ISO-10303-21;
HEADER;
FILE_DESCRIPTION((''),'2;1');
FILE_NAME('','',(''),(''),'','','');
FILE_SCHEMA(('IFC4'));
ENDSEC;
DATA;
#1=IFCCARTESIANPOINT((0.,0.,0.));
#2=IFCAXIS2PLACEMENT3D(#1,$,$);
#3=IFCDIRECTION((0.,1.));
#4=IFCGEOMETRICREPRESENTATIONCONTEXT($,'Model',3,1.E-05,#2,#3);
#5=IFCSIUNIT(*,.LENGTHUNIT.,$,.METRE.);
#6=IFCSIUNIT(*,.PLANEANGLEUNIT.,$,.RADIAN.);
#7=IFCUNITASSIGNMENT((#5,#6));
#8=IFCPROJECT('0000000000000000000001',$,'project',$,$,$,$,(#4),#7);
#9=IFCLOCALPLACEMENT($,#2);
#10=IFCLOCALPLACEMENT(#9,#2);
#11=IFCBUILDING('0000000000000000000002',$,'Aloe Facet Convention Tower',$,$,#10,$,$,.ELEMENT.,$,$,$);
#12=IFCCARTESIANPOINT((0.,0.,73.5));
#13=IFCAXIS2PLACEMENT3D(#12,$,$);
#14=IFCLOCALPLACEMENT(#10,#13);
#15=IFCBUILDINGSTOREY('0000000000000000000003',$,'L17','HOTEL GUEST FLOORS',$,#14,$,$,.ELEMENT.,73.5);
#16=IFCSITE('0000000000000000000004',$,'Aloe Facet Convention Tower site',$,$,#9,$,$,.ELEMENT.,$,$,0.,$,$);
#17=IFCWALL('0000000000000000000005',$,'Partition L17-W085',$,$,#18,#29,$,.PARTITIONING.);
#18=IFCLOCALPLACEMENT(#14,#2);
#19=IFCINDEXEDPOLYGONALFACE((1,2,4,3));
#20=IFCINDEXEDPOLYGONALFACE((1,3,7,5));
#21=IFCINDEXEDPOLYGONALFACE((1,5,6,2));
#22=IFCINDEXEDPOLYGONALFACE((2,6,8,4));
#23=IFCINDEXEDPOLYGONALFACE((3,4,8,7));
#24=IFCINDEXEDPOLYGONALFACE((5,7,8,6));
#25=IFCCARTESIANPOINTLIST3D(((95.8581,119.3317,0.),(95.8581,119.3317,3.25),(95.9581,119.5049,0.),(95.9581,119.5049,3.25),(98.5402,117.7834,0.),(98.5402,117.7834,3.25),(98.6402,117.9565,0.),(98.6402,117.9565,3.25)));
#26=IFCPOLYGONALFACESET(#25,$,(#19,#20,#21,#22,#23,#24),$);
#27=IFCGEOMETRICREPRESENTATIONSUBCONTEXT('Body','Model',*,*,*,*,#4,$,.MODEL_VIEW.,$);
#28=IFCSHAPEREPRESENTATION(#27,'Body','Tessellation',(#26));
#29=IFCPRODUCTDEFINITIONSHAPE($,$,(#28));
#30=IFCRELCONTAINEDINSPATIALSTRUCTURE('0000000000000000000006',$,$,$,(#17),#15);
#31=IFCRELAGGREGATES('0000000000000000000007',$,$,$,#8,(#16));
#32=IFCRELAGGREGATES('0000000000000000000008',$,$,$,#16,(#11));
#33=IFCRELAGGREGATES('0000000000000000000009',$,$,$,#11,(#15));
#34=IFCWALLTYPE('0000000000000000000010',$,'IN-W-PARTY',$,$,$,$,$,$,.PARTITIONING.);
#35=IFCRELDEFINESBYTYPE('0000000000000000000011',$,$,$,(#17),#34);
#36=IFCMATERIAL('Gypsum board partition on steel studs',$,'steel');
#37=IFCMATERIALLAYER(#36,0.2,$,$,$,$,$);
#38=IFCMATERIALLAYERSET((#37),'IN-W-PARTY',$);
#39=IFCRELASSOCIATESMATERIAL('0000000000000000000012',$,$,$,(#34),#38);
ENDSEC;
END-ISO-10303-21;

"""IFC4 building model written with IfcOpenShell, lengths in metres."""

from ifc_helpers import new_model, si_unit, direction, frame, frame_2d, origin, place, context, subcontext, project, spatial, rectangle, extrude, material, layer, layer_set, type_object, element, save


model = new_model("IFC4")

# Units and contexts
model_context = context("Model", 3, precision=1e-05, world=origin(), true_north=direction((0.0, 1.0)))
body_context = subcontext(model_context, "Body", "Model", "MODEL_VIEW")
ifc_project = project(units=[si_unit("LENGTHUNIT", "METRE"), si_unit("PLANEANGLEUNIT", "RADIAN")], contexts=[model_context])

# Site, building, storey
site_placement = place(None, origin())
site = spatial("IfcSite", under=ifc_project, at=site_placement, Name="Aloe Facet Convention Tower site", CompositionType="ELEMENT", RefElevation=0.0)
building_placement = place(site_placement, origin())
building = spatial("IfcBuilding", under=site, at=building_placement, Name="Aloe Facet Convention Tower", CompositionType="ELEMENT")
storey_placement = place(building_placement, frame((0.0, 0.0, 73.5)))
storey = spatial("IfcBuildingStorey", under=building, at=storey_placement, Name="L17", Description="HOTEL GUEST FLOORS", CompositionType="ELEMENT", Elevation=73.5)

# Wall
ifc_material_1 = material(Name="Gypsum board partition on steel studs", Category="steel")
ifc_layer_1 = layer(ifc_material_1, 0.2)
ifc_layer_set_1 = layer_set([ifc_layer_1], Name="IN-W-PARTY")
wall_type_1 = type_object("IfcWallType", Name="IN-W-PARTY", PredefinedType="PARTITIONING", material=ifc_layer_set_1)
wall_1_placement = place(storey_placement, frame((95.9082, 119.4182, 0.0), z_axis=(0.0, 0.0, 1.0), x_axis=(0.866052, -0.499954, 0.0)))
element("IfcWall", 1, at=wall_1_placement, inside=storey, type_object=wall_type_1, Name="Partition L17-W085", PredefinedType="PARTITIONING", context=body_context, shape_type="SweptSolid", body=[
    extrude(rectangle(XDim=3.0969, YDim=0.2, at=frame_2d((1.5483, 0.0))), origin(), (0.0, 0.0, 1.0), 3.25),
])

save(model, "model.ifc")
